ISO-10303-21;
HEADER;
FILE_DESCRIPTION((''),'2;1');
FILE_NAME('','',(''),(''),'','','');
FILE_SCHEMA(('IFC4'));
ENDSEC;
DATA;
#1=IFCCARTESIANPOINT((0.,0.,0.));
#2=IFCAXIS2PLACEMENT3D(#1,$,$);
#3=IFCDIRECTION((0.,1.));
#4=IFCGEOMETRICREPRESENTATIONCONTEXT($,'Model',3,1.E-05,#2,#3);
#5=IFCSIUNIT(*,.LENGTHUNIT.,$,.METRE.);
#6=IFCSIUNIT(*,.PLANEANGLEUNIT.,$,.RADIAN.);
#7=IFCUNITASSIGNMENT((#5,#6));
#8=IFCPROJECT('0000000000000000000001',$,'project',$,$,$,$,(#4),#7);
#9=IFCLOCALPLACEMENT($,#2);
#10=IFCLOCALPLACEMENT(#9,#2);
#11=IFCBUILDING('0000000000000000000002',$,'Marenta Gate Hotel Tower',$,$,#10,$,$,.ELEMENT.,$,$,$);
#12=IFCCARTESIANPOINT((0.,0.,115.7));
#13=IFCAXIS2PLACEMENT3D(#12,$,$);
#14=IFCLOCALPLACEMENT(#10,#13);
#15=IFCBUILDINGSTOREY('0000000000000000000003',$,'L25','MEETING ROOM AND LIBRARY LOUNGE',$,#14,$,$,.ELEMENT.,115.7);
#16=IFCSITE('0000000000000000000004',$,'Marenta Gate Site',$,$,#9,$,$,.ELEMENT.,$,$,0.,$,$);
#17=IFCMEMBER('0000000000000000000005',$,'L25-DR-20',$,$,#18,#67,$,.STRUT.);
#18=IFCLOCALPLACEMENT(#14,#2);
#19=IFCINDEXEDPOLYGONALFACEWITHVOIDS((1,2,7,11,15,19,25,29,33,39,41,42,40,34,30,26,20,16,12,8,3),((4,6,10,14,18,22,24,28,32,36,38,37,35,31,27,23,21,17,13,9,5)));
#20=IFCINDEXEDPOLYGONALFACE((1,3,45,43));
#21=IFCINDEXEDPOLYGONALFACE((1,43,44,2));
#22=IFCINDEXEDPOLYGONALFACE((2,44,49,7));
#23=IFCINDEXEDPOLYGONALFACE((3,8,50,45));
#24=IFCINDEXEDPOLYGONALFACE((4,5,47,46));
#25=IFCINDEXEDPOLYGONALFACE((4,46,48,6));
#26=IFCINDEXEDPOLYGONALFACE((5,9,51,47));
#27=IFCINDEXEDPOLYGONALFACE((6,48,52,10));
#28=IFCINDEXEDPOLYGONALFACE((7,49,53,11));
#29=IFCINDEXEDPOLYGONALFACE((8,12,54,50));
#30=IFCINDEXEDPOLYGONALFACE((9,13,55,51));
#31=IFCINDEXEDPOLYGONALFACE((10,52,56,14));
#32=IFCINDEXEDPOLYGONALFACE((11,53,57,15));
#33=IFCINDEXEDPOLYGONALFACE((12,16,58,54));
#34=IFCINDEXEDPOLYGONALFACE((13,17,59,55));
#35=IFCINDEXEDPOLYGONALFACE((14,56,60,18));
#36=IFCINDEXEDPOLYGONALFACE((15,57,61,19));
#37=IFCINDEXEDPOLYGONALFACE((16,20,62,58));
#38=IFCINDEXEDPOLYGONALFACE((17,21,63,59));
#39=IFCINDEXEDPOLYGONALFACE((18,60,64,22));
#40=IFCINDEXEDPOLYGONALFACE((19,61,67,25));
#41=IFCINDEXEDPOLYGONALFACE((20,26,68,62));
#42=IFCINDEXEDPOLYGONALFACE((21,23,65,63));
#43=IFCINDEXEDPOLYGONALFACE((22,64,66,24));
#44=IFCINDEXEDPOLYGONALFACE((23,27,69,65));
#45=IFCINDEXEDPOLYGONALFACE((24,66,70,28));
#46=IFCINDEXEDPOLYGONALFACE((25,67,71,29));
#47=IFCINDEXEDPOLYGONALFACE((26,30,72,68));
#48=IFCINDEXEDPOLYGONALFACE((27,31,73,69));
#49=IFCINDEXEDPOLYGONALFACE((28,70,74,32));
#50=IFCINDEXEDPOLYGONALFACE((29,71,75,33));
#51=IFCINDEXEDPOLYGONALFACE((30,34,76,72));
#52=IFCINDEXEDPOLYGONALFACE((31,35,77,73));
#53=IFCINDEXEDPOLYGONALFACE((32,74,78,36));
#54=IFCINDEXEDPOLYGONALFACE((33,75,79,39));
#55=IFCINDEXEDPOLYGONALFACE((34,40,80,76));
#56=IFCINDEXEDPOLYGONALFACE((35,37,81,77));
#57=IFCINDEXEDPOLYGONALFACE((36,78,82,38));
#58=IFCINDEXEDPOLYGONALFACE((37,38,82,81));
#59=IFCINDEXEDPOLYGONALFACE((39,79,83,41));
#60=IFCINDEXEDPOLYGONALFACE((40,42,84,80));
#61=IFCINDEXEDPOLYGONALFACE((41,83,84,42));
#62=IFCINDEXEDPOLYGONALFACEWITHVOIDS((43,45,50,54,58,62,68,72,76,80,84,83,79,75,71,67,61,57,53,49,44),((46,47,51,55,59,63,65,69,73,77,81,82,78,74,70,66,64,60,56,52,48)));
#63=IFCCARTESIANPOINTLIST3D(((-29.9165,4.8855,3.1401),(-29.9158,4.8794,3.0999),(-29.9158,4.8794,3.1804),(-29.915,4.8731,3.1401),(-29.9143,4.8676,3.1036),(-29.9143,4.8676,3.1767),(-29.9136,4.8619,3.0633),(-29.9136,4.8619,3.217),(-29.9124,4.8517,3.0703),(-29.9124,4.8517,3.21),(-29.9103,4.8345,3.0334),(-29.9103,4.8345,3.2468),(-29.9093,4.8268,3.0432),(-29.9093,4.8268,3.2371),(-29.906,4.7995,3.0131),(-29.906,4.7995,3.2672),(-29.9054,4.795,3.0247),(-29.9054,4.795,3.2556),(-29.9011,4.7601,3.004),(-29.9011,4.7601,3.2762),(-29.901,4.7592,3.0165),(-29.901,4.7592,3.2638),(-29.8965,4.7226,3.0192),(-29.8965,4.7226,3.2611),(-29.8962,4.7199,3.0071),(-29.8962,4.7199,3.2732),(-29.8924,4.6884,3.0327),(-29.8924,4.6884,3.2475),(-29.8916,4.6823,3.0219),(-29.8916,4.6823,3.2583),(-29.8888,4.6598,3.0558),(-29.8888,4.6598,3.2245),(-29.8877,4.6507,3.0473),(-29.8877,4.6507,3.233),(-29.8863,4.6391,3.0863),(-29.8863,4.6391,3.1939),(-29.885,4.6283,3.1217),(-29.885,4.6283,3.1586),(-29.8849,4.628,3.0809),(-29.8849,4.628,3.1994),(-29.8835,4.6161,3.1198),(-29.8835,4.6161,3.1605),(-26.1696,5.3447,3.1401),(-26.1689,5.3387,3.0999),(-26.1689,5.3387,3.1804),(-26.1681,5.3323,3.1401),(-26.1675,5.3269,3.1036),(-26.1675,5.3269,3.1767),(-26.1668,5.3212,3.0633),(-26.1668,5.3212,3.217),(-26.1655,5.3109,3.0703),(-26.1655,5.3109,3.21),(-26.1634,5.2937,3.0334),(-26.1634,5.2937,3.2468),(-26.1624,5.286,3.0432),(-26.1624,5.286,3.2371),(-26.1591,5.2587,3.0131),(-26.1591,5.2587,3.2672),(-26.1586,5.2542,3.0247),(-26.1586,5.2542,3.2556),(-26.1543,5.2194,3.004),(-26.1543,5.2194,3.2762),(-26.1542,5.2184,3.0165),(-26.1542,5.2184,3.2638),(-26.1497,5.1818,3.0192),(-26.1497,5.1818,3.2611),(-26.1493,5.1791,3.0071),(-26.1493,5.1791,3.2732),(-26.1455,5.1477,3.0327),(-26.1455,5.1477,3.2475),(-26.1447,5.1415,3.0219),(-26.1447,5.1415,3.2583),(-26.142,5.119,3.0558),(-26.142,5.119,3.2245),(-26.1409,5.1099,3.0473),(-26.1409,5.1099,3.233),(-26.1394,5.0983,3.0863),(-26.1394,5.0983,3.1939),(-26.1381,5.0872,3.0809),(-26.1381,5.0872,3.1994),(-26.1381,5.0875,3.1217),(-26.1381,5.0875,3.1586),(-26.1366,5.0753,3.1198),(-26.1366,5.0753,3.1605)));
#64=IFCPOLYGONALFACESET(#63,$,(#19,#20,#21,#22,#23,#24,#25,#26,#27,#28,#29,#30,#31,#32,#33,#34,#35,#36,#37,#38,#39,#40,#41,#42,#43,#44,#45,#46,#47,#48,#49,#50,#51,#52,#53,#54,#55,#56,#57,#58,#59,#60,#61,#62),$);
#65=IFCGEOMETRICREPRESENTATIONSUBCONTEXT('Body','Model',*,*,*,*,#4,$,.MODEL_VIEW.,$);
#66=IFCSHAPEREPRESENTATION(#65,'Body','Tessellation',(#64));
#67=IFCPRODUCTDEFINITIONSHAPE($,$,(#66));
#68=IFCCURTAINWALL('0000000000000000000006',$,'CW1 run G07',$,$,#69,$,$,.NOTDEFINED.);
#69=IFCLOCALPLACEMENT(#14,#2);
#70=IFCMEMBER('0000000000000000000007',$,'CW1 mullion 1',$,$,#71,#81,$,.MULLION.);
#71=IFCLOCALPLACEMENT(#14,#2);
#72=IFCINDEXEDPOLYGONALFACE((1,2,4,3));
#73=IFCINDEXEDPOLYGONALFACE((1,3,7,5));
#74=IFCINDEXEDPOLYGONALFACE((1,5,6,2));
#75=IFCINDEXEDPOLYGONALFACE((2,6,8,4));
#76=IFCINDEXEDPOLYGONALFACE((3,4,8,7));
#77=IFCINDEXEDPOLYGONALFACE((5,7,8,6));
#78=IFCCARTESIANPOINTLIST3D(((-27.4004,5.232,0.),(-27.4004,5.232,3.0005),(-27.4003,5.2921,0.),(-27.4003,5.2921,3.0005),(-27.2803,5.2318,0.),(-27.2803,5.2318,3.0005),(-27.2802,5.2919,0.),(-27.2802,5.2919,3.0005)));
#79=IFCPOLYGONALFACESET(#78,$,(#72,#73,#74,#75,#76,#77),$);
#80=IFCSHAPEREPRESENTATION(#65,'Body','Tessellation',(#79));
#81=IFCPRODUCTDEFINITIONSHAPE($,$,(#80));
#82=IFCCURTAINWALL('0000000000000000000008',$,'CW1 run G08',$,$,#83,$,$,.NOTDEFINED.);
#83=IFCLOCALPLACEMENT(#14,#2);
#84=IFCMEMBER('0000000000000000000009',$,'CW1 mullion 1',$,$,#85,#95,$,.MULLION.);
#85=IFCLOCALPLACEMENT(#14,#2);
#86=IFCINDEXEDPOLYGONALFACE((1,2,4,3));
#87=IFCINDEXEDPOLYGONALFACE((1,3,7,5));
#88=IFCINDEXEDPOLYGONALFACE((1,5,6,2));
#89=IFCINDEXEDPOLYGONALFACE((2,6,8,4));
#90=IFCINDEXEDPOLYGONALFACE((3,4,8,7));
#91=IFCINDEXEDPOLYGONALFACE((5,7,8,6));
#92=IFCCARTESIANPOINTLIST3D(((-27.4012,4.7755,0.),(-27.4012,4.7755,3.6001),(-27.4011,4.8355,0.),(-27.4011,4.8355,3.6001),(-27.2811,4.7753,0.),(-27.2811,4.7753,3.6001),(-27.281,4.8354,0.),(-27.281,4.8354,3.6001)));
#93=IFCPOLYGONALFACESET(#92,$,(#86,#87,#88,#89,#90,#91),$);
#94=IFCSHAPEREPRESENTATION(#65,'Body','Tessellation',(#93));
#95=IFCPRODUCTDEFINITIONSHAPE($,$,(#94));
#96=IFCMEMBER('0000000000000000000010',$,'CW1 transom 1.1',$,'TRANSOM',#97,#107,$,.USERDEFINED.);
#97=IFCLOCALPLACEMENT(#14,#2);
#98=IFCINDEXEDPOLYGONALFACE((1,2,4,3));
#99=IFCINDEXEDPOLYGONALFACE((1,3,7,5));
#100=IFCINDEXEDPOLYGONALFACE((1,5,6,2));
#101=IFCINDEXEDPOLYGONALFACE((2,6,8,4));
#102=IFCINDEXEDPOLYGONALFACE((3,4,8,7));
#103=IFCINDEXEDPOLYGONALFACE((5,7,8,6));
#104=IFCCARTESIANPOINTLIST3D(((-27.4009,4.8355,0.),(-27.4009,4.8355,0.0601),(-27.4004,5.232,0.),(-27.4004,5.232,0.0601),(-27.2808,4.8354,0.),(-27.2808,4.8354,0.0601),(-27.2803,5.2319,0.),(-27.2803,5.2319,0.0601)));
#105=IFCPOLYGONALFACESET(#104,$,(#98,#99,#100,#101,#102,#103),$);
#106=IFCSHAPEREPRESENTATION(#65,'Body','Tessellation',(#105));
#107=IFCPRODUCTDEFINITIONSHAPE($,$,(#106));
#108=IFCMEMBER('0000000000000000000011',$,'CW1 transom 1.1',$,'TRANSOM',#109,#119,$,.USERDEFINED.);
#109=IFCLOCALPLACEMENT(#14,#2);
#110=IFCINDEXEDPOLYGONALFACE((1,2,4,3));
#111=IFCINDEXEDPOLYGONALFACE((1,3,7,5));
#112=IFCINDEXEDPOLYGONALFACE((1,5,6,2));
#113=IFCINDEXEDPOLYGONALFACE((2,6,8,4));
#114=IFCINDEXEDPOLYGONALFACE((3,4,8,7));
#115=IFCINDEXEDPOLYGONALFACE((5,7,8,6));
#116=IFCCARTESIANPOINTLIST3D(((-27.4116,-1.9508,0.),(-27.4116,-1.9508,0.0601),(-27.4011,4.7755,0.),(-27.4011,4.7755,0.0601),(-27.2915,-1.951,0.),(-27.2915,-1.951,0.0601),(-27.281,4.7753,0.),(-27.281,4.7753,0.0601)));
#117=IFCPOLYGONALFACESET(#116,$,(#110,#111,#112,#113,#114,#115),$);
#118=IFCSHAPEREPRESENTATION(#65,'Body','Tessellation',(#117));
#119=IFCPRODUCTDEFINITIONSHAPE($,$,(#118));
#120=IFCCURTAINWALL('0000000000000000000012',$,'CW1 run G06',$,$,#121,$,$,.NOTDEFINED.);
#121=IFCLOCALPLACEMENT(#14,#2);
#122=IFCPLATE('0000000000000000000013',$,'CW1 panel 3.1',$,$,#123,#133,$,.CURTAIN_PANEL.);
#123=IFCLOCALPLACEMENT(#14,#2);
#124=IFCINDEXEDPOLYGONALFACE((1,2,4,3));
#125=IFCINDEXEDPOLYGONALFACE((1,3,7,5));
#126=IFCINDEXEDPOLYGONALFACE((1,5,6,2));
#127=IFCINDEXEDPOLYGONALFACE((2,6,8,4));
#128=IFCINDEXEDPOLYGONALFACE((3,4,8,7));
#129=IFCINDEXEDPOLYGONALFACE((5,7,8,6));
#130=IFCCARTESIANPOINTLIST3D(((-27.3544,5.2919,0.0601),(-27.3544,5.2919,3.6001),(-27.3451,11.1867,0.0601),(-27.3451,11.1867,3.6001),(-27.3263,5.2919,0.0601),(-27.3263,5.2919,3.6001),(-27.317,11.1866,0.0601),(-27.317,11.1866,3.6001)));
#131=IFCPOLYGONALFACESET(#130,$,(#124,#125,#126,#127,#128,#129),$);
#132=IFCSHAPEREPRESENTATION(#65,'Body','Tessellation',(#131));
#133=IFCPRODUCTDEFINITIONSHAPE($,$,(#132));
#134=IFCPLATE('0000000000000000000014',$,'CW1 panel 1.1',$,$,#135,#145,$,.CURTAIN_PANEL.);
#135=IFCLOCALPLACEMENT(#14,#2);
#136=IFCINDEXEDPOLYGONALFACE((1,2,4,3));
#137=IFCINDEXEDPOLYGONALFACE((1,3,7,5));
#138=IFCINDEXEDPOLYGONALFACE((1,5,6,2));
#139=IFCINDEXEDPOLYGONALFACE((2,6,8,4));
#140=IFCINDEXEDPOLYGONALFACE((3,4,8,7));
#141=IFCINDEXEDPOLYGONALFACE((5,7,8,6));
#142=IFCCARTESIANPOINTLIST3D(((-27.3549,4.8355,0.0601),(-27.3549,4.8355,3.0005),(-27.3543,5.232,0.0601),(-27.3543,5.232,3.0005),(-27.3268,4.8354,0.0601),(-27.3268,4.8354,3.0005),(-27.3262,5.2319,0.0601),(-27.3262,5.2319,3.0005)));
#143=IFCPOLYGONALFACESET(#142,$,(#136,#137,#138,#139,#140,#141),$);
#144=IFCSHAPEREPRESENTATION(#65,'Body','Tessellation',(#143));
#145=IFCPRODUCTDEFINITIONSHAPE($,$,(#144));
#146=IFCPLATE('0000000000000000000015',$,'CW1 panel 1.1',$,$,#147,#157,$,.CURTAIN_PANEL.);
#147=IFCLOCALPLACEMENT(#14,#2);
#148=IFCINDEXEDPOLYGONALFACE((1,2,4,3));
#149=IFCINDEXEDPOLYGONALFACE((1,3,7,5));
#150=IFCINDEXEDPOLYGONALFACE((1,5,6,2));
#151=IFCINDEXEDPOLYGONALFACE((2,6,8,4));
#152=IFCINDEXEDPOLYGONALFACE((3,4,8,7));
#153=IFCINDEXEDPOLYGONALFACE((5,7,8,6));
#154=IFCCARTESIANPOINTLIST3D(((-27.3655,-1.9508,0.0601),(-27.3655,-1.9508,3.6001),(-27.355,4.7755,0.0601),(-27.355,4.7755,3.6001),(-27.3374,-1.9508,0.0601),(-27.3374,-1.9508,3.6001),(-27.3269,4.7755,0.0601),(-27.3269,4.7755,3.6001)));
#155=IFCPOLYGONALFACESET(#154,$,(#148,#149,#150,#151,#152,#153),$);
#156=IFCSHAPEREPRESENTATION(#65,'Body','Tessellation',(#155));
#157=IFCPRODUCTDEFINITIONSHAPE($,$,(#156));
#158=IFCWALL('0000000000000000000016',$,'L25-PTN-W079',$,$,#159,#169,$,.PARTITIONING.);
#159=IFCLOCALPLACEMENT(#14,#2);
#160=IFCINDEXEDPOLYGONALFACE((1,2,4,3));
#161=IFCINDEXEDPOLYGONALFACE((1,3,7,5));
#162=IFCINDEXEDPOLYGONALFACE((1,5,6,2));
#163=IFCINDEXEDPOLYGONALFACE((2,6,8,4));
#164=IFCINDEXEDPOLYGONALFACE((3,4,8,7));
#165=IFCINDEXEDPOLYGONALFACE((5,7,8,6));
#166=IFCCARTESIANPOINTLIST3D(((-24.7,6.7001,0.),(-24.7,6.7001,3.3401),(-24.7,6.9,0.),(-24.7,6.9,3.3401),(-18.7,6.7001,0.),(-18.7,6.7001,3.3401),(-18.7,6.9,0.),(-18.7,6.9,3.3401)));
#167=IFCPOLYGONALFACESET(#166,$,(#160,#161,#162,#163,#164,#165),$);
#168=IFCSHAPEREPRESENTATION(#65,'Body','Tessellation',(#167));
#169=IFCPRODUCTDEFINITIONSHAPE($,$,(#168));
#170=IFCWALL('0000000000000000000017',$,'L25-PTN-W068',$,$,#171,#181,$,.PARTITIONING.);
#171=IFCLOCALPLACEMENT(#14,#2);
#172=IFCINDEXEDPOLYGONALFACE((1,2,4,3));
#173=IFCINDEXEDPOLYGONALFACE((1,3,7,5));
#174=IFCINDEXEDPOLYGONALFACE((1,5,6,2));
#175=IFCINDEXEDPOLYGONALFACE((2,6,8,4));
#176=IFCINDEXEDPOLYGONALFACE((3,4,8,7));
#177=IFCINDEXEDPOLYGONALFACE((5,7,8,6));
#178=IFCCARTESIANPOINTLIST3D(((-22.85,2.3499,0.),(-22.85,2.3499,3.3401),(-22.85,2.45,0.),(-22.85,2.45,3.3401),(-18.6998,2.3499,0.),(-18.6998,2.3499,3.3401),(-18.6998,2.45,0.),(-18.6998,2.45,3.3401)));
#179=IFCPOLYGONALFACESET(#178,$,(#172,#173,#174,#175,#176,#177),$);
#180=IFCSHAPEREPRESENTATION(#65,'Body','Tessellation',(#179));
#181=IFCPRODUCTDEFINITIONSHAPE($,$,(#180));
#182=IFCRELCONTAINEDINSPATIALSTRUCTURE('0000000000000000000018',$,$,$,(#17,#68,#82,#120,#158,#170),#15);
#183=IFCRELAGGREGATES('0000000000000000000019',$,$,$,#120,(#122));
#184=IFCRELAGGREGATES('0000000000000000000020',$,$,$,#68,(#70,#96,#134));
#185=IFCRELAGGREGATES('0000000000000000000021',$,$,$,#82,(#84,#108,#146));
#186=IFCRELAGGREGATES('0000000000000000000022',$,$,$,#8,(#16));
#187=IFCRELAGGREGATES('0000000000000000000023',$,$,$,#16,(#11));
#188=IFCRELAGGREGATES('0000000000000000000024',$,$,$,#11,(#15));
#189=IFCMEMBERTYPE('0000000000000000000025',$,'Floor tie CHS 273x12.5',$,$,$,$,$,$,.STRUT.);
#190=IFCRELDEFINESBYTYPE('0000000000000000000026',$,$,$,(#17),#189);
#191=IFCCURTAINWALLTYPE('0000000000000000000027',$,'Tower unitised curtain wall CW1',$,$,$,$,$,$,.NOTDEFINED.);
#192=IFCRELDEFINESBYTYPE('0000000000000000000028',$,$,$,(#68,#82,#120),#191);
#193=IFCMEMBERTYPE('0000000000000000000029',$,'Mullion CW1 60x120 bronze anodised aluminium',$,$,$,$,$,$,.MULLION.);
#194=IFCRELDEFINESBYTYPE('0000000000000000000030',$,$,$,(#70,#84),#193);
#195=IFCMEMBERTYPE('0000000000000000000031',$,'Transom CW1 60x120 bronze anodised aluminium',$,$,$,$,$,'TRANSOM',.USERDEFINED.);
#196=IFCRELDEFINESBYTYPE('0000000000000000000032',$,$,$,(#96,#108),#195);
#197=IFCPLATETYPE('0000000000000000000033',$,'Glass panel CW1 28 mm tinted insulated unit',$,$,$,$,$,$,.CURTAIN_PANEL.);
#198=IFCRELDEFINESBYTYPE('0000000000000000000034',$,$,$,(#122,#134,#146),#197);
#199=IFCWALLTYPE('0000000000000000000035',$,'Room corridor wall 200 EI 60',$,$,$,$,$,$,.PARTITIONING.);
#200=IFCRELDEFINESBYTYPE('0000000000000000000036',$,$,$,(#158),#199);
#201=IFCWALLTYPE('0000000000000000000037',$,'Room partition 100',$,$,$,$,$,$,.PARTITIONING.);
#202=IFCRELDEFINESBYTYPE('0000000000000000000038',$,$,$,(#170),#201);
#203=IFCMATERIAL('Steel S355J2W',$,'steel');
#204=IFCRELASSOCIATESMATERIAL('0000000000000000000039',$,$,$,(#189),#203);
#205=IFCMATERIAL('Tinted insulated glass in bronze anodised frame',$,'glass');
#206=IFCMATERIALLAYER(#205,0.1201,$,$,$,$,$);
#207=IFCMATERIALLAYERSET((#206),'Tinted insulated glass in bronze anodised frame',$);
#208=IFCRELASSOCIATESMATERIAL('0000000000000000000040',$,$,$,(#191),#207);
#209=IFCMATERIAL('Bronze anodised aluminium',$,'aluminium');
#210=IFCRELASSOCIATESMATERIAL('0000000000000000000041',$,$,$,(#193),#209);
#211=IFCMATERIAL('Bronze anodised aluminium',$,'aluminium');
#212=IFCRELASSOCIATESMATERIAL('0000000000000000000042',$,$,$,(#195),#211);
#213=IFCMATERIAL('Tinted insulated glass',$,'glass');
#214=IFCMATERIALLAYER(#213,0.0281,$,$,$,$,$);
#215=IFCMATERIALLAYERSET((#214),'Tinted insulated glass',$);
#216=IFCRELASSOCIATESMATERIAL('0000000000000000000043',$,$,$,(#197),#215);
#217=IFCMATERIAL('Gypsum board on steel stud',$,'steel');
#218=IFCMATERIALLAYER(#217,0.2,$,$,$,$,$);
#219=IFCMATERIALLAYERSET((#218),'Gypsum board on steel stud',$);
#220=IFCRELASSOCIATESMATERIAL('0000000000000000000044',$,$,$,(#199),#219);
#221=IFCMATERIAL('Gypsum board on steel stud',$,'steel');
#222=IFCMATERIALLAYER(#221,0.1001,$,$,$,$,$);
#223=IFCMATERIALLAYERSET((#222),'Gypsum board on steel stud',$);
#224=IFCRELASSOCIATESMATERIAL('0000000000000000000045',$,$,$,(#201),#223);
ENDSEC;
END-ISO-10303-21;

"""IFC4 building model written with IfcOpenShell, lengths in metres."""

from ifc_helpers import new_model, si_unit, direction, frame, frame_2d, origin, origin_2d, place, context, subcontext, project, spatial, rectangle, hollow_circle, extrude, material, layer, layer_set, material_profile, profile_set, type_object, element, aggregate, save


model = new_model("IFC4")

# Units and contexts
model_context = context("Model", 3, precision=1e-05, world=origin(), true_north=direction((0.0, 1.0)))
body_context = subcontext(model_context, "Body", "Model", "MODEL_VIEW")
ifc_project = project(units=[si_unit("LENGTHUNIT", "METRE"), si_unit("PLANEANGLEUNIT", "RADIAN")], contexts=[model_context])

# Site, building, storey
site_placement = place(None, origin())
site = spatial("IfcSite", under=ifc_project, at=site_placement, Name="Marenta Gate Site", CompositionType="ELEMENT", RefElevation=0.0)
building_placement = place(site_placement, origin())
building = spatial("IfcBuilding", under=site, at=building_placement, Name="Marenta Gate Hotel Tower", CompositionType="ELEMENT")
storey_placement = place(building_placement, frame((0.0, 0.0, 115.7)))
storey = spatial("IfcBuildingStorey", under=building, at=storey_placement, Name="L25", Description="MEETING ROOM AND LIBRARY LOUNGE", CompositionType="ELEMENT", Elevation=115.7)

# Member
ifc_material_1 = material(Name="Steel S355J2W", Category="steel")
ifc_material_profile_1 = material_profile(ifc_material_1, hollow_circle(Radius=0.1365, WallThickness=0.0125, at=origin_2d()), Name="CHS 273x12.5")
ifc_profile_set_1 = profile_set([ifc_material_profile_1], Name="Steel S355J2W")
member_type_1 = type_object("IfcMemberType", Name="Floor tie CHS 273x12.5", PredefinedType="STRUT", material=ifc_profile_set_1)
member_1_placement = place(storey_placement, frame((-29.8999, 4.75, 3.1401), z_axis=(0.992573, 0.121654, 0.0), x_axis=(-0.121654, 0.992573, 0.0)))
element("IfcMember", 1, at=member_1_placement, inside=storey, type_object=member_type_1, Name="L25-DR-20", PredefinedType="STRUT", context=body_context, shape_type="SweptSolid", body=[
    extrude(hollow_circle(Radius=0.1365, WallThickness=0.0125, at=origin_2d()), origin(), (0.0, 0.0, 1.0), 3.7749),
])

# Curtain walls, members
ifc_material_2 = material(Name="Tinted insulated glass in bronze anodised frame", Category="glass")
ifc_layer_1 = layer(ifc_material_2, 0.1201)
ifc_layer_set_1 = layer_set([ifc_layer_1], Name="Tinted insulated glass in bronze anodised frame")
curtain_wall_type = type_object("IfcCurtainWallType", Name="Tower unitised curtain wall CW1", PredefinedType="NOTDEFINED", material=ifc_layer_set_1)
curtain_wall_1_placement = place(storey_placement, origin())
curtain_wall_1 = element("IfcCurtainWall", 2, at=curtain_wall_1_placement, inside=storey, type_object=curtain_wall_type, Name="CW1 run G07", PredefinedType="NOTDEFINED")
ifc_material_3 = material(Name="Bronze anodised aluminium", Category="aluminium")
ifc_material_profile_2 = material_profile(ifc_material_3, rectangle(XDim=0.1201, YDim=0.0601, at=origin_2d()), Name="Mullion CW1 60x120 bronze anodised aluminium")
ifc_profile_set_2 = profile_set([ifc_material_profile_2], Name="Bronze anodised aluminium")
member_type_2 = type_object("IfcMemberType", Name="Mullion CW1 60x120 bronze anodised aluminium", PredefinedType="MULLION", material=ifc_profile_set_2)
member_2_placement = place(storey_placement, frame((-27.3403, 5.262, 0.0), z_axis=(0.0, 0.0, 1.0), x_axis=(0.999999, -0.001533, 0.0)))
member_2 = element("IfcMember", 3, at=member_2_placement, type_object=member_type_2, Name="CW1 mullion 1", PredefinedType="MULLION", context=body_context, shape_type="SweptSolid", body=[
    extrude(rectangle(XDim=0.1201, YDim=0.0601, at=origin_2d()), origin(), (0.0, 0.0, 1.0), 3.0005),
])
curtain_wall_2_placement = place(storey_placement, origin())
curtain_wall_2 = element("IfcCurtainWall", 4, at=curtain_wall_2_placement, inside=storey, type_object=curtain_wall_type, Name="CW1 run G08", PredefinedType="NOTDEFINED")
member_3_placement = place(storey_placement, frame((-27.3411, 4.8054, 0.0), z_axis=(0.0, 0.0, 1.0), x_axis=(0.999999, -0.001565, 0.0)))
member_3 = element("IfcMember", 5, at=member_3_placement, type_object=member_type_2, Name="CW1 mullion 1", PredefinedType="MULLION", context=body_context, shape_type="SweptSolid", body=[
    extrude(rectangle(XDim=0.1201, YDim=0.0601, at=origin_2d()), origin(), (0.0, 0.0, 1.0), 3.6001),
])

# Members
ifc_material_4 = material(Name="Bronze anodised aluminium", Category="aluminium")
ifc_material_profile_3 = material_profile(ifc_material_4, rectangle(XDim=0.1201, YDim=0.0601, at=origin_2d()), Name="Transom CW1 60x120 bronze anodised aluminium")
ifc_profile_set_3 = profile_set([ifc_material_profile_3], Name="Bronze anodised aluminium")
member_type_3 = type_object("IfcMemberType", Name="Transom CW1 60x120 bronze anodised aluminium", ElementType="TRANSOM", PredefinedType="USERDEFINED", material=ifc_profile_set_3)
member_4_placement = place(storey_placement, frame((-27.3403, 5.2319, 0.03), z_axis=(-0.001232, -0.999999, 0.0), x_axis=(0.999999, -0.001232, 0.0)))
member_4 = element("IfcMember", 6, at=member_4_placement, type_object=member_type_3, Name="CW1 transom 1.1", ObjectType="TRANSOM", PredefinedType="USERDEFINED", context=body_context, shape_type="SweptSolid", body=[
    extrude(rectangle(XDim=0.1201, YDim=0.0601, at=origin_2d()), origin(), (0.0, 0.0, 1.0), 0.3965),
])
member_5_placement = place(storey_placement, frame((-27.3411, 4.7754, 0.03), z_axis=(-0.001561, -0.999999, 0.0), x_axis=(0.999999, -0.001561, 0.0)))
member_5 = element("IfcMember", 7, at=member_5_placement, type_object=member_type_3, Name="CW1 transom 1.1", ObjectType="TRANSOM", PredefinedType="USERDEFINED", context=body_context, shape_type="SweptSolid", body=[
    extrude(rectangle(XDim=0.1201, YDim=0.0601, at=origin_2d()), origin(), (0.0, 0.0, 1.0), 6.7263),
])

# Curtain wall, plate
curtain_wall_3_placement = place(storey_placement, origin())
curtain_wall_3 = element("IfcCurtainWall", 8, at=curtain_wall_3_placement, inside=storey, type_object=curtain_wall_type, Name="CW1 run G06", PredefinedType="NOTDEFINED")
ifc_material_5 = material(Name="Tinted insulated glass", Category="glass")
ifc_layer_2 = layer(ifc_material_5, 0.0281)
ifc_layer_set_2 = layer_set([ifc_layer_2], Name="Tinted insulated glass")
plate_type = type_object("IfcPlateType", Name="Glass panel CW1 28 mm tinted insulated unit", PredefinedType="CURTAIN_PANEL", material=ifc_layer_set_2)
plate_1_placement = place(storey_placement, frame((-27.3357, 8.2393, 0.0601), z_axis=(0.0, 0.0, 1.0), x_axis=(-0.00157, -0.999999, 0.0)))
plate_1 = element("IfcPlate", 9, at=plate_1_placement, type_object=plate_type, Name="CW1 panel 3.1", PredefinedType="CURTAIN_PANEL", context=body_context, shape_type="SweptSolid", body=[
    extrude(rectangle(XDim=5.8948, YDim=0.0281, at=origin_2d()), origin(), (0.0, 0.0, 1.0), 3.54),
])
aggregate(curtain_wall_3, [plate_1])

# Plates
plate_2_placement = place(storey_placement, frame((-27.3406, 5.0337, 0.0601), z_axis=(0.0, 0.0, 1.0), x_axis=(-0.001533, -0.999999, 0.0)))
plate_2 = element("IfcPlate", 10, at=plate_2_placement, type_object=plate_type, Name="CW1 panel 1.1", PredefinedType="CURTAIN_PANEL", context=body_context, shape_type="SweptSolid", body=[
    extrude(rectangle(XDim=0.3965, YDim=0.0281, at=origin_2d()), origin(), (0.0, 0.0, 1.0), 2.9404),
])
aggregate(curtain_wall_1, [member_2, member_4, plate_2])
plate_3_placement = place(storey_placement, frame((-27.3462, 1.4124, 0.0601), z_axis=(0.0, 0.0, 1.0), x_axis=(-0.001565, -0.999999, 0.0)))
plate_3 = element("IfcPlate", 11, at=plate_3_placement, type_object=plate_type, Name="CW1 panel 1.1", PredefinedType="CURTAIN_PANEL", context=body_context, shape_type="SweptSolid", body=[
    extrude(rectangle(XDim=6.7263, YDim=0.0281, at=origin_2d()), origin(), (0.0, 0.0, 1.0), 3.54),
])
aggregate(curtain_wall_2, [member_3, member_5, plate_3])

# Wall
ifc_material_6 = material(Name="Gypsum board on steel stud", Category="steel")
ifc_layer_3 = layer(ifc_material_6, 0.2)
ifc_layer_set_3 = layer_set([ifc_layer_3], Name="Gypsum board on steel stud")
wall_type_1 = type_object("IfcWallType", Name="Room corridor wall 200 EI 60", PredefinedType="PARTITIONING", material=ifc_layer_set_3)
wall_1_placement = place(storey_placement, frame((-24.7, 6.8, 0.0), z_axis=(0.0, 0.0, 1.0), x_axis=(1.0, 0.0, 0.0)))
element("IfcWall", 12, at=wall_1_placement, inside=storey, type_object=wall_type_1, Name="L25-PTN-W079", PredefinedType="PARTITIONING", context=body_context, shape_type="SweptSolid", body=[
    extrude(rectangle(XDim=6.0, YDim=0.2, at=frame_2d((3.0, 0.0))), origin(), (0.0, 0.0, 1.0), 3.3401),
])

# Wall
ifc_material_7 = material(Name="Gypsum board on steel stud", Category="steel")
ifc_layer_4 = layer(ifc_material_7, 0.1001)
ifc_layer_set_4 = layer_set([ifc_layer_4], Name="Gypsum board on steel stud")
wall_type_2 = type_object("IfcWallType", Name="Room partition 100", PredefinedType="PARTITIONING", material=ifc_layer_set_4)
wall_2_placement = place(storey_placement, frame((-22.8501, 2.3999, 0.0), z_axis=(0.0, 0.0, 1.0), x_axis=(1.0, 0.0, 0.0)))
element("IfcWall", 13, at=wall_2_placement, inside=storey, type_object=wall_type_2, Name="L25-PTN-W068", PredefinedType="PARTITIONING", context=body_context, shape_type="SweptSolid", body=[
    extrude(rectangle(XDim=4.1501, YDim=0.1001, at=frame_2d((2.0752, 0.0))), origin(), (0.0, 0.0, 1.0), 3.3401),
])

save(model, "model.ifc")
